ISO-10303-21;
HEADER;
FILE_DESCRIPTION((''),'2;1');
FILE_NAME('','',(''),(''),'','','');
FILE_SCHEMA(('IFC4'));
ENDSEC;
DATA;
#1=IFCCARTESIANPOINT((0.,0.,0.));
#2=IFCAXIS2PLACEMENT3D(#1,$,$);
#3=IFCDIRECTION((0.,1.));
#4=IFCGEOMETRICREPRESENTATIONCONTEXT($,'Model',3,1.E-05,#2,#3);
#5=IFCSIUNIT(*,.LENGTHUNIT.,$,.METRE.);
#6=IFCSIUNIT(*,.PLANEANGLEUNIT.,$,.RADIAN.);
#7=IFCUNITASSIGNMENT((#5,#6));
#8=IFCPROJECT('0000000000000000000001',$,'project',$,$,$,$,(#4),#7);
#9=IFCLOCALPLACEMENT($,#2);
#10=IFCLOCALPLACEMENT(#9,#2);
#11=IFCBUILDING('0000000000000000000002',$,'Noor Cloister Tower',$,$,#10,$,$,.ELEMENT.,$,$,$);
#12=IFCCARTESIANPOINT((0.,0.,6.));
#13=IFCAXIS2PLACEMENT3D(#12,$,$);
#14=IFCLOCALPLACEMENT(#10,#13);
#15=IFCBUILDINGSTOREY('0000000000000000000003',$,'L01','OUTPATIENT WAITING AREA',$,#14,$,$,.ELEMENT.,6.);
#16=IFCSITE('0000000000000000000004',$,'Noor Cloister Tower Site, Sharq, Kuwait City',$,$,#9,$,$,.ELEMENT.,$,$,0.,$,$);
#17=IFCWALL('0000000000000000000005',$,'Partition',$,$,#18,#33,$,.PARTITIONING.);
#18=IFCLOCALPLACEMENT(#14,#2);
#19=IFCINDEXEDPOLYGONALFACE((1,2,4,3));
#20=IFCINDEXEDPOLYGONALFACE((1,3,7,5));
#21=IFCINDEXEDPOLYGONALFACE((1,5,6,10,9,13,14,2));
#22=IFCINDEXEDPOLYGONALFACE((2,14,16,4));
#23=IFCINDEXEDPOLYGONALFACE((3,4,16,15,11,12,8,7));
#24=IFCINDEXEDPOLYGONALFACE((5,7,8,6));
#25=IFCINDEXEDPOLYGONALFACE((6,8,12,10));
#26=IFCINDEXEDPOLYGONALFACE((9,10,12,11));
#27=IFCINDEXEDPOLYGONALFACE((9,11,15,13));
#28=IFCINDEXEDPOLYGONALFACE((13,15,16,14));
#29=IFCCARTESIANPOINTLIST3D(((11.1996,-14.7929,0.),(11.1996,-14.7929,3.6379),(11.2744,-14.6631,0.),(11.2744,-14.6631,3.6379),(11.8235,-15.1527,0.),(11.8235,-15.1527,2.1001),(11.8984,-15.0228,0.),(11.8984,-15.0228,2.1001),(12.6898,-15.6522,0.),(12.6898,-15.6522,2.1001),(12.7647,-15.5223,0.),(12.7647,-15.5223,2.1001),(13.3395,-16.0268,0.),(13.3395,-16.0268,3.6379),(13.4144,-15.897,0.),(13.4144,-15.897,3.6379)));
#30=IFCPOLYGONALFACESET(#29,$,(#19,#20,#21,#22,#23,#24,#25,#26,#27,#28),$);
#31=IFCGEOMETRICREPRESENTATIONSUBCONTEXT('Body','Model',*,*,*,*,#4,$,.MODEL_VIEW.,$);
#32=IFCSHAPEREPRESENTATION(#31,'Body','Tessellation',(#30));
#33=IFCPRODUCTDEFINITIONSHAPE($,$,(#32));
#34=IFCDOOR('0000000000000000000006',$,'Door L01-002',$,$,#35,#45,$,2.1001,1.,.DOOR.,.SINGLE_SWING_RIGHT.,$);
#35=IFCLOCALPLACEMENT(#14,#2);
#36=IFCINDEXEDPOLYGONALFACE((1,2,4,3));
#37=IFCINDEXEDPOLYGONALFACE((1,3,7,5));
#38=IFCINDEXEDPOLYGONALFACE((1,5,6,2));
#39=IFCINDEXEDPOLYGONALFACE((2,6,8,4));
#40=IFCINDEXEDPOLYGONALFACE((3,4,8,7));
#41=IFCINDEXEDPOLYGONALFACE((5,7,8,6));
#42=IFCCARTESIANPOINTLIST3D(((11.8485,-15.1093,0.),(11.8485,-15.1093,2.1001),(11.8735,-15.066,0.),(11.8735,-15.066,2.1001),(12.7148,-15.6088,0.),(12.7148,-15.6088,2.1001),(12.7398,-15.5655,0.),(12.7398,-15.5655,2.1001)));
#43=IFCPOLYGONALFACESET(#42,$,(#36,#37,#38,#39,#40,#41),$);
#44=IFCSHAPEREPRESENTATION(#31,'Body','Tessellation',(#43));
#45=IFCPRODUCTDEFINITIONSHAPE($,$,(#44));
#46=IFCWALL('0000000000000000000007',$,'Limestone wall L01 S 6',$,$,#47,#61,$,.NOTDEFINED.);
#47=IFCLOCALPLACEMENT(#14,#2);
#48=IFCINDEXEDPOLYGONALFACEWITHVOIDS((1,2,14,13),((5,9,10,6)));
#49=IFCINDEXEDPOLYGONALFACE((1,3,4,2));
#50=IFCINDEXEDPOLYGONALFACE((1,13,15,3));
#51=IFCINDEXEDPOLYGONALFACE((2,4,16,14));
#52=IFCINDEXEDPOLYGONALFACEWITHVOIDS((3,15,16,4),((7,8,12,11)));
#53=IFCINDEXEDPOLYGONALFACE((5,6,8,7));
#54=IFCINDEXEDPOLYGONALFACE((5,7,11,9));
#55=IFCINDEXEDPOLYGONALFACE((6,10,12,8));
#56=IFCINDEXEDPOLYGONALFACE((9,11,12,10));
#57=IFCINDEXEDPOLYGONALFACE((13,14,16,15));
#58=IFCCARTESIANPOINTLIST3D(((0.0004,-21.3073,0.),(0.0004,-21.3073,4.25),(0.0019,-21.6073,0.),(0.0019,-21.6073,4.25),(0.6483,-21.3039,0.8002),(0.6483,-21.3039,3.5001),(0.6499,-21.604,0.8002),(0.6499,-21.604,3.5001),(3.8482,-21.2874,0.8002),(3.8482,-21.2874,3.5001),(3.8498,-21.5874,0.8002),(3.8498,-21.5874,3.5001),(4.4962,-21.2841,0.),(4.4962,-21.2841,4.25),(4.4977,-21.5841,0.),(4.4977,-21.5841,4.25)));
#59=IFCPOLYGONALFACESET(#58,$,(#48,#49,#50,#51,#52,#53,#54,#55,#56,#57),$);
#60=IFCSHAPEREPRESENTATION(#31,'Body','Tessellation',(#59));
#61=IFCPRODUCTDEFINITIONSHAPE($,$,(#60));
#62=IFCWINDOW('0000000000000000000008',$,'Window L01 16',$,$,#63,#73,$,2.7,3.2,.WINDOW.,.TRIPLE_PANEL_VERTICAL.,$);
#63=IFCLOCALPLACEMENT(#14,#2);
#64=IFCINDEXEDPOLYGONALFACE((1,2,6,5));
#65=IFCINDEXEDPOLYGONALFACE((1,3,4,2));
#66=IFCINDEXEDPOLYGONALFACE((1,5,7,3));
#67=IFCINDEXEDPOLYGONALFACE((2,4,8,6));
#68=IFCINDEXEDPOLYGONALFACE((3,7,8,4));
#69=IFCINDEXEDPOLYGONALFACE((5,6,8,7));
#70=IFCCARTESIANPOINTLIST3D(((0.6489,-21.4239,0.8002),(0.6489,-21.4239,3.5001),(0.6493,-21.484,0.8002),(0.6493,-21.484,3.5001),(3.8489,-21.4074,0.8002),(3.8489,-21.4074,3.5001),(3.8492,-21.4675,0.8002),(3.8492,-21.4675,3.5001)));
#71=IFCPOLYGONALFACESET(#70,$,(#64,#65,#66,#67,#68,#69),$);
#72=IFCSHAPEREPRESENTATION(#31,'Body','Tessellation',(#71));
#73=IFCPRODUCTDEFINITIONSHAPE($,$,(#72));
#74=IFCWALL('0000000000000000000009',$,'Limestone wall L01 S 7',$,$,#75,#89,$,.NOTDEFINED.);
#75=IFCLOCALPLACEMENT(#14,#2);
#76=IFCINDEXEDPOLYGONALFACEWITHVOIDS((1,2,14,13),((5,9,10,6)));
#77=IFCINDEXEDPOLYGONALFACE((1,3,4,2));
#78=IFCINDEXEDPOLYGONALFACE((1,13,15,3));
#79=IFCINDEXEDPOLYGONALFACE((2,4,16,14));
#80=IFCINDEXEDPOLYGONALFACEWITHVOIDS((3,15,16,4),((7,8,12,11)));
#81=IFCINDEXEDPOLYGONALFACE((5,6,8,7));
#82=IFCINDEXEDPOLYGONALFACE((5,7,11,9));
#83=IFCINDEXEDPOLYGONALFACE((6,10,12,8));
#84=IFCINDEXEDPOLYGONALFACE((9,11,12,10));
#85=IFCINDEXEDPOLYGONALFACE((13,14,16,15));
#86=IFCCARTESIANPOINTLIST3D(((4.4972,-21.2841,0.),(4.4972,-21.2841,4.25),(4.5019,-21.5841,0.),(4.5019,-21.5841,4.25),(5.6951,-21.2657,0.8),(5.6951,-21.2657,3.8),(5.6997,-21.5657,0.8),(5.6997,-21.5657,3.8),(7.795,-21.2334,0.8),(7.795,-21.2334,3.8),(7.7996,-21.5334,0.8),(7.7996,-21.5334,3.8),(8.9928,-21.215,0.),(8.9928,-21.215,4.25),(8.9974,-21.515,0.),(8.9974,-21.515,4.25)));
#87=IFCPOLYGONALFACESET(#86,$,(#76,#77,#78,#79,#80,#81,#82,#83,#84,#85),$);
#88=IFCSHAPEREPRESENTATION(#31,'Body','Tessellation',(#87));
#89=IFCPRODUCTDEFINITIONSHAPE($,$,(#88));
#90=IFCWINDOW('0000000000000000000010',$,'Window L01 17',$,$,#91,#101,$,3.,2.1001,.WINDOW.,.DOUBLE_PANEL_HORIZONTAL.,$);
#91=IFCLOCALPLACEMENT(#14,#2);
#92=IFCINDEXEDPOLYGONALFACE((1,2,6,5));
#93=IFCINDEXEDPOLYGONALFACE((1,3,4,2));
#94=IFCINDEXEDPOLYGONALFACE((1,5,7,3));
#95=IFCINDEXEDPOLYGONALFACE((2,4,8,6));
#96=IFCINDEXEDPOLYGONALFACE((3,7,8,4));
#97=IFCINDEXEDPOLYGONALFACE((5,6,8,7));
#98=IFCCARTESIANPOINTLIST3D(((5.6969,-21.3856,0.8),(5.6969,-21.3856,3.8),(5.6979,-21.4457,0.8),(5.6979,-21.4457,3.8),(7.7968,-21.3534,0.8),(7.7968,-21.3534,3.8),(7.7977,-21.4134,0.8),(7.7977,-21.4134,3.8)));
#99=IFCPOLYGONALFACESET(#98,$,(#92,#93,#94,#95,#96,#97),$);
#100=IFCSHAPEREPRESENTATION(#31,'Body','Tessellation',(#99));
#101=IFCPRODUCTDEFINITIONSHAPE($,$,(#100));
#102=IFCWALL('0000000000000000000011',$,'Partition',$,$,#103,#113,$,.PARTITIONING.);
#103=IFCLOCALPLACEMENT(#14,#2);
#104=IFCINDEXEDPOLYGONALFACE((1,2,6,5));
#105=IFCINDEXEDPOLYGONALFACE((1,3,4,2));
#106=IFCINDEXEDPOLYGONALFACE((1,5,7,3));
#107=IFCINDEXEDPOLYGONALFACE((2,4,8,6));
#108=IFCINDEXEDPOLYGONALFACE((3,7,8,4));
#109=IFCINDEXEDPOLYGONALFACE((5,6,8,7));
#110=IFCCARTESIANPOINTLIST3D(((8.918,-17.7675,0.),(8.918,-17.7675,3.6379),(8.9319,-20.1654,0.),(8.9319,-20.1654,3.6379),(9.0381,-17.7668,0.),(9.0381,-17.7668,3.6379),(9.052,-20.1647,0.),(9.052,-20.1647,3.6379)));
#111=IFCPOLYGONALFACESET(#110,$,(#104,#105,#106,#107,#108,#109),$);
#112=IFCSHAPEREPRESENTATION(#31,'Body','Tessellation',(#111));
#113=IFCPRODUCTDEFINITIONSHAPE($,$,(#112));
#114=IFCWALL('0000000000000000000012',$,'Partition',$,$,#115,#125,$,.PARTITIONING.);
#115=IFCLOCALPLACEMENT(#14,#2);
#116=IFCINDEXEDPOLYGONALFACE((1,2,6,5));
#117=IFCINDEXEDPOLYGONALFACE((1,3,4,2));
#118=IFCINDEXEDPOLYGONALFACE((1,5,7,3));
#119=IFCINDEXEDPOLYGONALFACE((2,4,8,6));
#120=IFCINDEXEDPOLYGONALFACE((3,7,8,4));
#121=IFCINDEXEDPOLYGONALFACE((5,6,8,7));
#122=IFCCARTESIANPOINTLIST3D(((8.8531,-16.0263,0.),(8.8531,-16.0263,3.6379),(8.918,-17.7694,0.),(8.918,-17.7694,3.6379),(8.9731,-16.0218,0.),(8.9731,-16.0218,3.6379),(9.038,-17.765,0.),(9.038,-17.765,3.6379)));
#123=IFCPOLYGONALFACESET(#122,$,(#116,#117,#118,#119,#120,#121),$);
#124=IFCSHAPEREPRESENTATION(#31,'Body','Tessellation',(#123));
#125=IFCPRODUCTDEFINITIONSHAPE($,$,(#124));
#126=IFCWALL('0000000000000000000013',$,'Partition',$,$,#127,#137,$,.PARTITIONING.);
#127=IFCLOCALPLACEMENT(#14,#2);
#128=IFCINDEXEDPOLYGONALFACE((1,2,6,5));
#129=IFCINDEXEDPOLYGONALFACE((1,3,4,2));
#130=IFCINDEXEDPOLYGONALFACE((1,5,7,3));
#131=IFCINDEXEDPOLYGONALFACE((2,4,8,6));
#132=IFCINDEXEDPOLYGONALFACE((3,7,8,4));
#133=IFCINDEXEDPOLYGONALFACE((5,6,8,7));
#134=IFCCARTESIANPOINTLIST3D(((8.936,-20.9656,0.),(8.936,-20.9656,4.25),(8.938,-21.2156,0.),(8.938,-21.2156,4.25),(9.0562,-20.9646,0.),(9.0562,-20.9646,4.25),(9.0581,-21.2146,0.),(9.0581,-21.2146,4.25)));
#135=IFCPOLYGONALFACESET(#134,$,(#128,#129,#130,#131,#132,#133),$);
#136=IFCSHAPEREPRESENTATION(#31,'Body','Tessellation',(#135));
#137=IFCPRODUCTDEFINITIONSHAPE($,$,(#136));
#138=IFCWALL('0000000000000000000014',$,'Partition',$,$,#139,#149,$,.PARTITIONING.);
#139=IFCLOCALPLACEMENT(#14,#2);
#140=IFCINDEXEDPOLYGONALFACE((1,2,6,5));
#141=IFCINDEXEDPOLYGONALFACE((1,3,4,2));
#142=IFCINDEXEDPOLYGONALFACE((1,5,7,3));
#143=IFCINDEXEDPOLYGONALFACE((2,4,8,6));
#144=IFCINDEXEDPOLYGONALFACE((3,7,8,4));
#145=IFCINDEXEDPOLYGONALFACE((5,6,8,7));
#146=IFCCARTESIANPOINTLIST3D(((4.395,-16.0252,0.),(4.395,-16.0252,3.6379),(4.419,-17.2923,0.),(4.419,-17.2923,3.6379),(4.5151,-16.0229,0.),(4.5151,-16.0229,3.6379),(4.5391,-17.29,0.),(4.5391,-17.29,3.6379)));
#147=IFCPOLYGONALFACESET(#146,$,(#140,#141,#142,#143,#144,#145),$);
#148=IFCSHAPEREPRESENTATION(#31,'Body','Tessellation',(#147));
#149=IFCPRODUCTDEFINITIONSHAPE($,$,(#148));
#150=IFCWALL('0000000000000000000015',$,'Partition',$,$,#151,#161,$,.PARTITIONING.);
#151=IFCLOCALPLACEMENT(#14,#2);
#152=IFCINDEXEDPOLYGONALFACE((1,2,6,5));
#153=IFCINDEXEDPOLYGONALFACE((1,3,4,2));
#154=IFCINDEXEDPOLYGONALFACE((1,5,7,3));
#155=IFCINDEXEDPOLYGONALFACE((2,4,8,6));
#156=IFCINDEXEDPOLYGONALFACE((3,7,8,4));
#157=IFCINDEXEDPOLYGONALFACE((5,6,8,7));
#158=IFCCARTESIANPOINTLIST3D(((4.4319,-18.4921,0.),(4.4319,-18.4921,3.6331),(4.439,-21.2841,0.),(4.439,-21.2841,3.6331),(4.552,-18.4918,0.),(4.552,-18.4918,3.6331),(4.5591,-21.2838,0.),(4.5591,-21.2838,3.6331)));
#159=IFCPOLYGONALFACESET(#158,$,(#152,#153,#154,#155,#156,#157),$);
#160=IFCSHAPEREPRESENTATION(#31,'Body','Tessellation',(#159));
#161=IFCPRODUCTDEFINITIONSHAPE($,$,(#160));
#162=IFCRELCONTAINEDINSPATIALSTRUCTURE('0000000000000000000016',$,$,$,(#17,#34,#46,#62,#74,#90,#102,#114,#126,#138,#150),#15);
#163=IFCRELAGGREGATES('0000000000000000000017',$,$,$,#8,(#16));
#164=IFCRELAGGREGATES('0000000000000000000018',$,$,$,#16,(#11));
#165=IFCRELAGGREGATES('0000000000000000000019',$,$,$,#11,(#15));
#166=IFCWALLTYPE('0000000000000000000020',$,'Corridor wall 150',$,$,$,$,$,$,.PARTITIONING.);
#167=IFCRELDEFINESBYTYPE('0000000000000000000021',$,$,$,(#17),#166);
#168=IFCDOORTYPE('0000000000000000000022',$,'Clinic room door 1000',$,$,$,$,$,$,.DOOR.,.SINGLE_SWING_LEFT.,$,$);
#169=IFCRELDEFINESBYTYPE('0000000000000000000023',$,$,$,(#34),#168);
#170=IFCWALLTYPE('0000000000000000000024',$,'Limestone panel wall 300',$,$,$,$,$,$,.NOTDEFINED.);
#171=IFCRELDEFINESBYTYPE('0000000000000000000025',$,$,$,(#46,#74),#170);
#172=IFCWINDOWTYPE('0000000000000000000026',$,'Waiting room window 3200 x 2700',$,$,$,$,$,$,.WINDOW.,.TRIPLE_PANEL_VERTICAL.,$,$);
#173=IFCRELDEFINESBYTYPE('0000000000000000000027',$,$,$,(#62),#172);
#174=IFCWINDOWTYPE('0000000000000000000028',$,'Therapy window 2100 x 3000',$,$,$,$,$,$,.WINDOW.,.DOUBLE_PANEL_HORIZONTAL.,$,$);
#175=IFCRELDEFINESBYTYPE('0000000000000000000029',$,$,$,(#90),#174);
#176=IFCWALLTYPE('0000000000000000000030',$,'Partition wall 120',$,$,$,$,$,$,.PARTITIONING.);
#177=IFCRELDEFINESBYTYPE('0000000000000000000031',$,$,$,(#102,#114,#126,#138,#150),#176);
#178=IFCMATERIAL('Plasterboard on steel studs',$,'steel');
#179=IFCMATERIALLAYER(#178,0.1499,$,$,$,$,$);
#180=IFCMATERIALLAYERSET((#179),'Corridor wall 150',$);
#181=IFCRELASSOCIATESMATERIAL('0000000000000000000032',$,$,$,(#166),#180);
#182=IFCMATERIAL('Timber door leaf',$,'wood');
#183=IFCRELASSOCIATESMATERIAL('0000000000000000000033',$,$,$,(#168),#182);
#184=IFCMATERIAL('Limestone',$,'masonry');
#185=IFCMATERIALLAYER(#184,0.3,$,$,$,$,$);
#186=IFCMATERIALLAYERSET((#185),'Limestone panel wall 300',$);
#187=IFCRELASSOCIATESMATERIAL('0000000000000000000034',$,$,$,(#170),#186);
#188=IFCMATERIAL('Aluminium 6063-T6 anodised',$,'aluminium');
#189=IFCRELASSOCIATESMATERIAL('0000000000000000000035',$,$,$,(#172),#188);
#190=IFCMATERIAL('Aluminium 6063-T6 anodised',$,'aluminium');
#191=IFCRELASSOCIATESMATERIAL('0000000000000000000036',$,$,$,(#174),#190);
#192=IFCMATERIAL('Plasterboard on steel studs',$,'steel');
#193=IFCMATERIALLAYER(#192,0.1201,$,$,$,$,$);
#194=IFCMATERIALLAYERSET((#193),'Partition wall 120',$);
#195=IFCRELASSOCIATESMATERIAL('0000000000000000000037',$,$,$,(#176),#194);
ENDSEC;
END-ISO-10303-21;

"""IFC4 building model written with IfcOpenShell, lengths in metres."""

from ifc_helpers import new_model, si_unit, direction, frame, frame_2d, origin, place, context, subcontext, project, spatial, rectangle, extrude, material, layer, layer_set, type_object, element, fill, save


model = new_model("IFC4")

# Units and contexts
model_context = context("Model", 3, precision=1e-05, world=origin(), true_north=direction((0.0, 1.0)))
body_context = subcontext(model_context, "Body", "Model", "MODEL_VIEW")
ifc_project = project(units=[si_unit("LENGTHUNIT", "METRE"), si_unit("PLANEANGLEUNIT", "RADIAN")], contexts=[model_context])

# Site, building, storey
site_placement = place(None, origin())
site = spatial("IfcSite", under=ifc_project, at=site_placement, Name="Noor Cloister Tower Site, Sharq, Kuwait City", CompositionType="ELEMENT", RefElevation=0.0)
building_placement = place(site_placement, origin())
building = spatial("IfcBuilding", under=site, at=building_placement, Name="Noor Cloister Tower", CompositionType="ELEMENT")
storey_placement = place(building_placement, frame((0.0, 0.0, 6.0)))
storey = spatial("IfcBuildingStorey", under=building, at=storey_placement, Name="L01", Description="OUTPATIENT WAITING AREA", CompositionType="ELEMENT", Elevation=6.0)

# Wall, opening, door
ifc_material_1 = material(Name="Plasterboard on steel studs", Category="steel")
ifc_layer_1 = layer(ifc_material_1, 0.1499)
ifc_layer_set_1 = layer_set([ifc_layer_1], Name="Corridor wall 150")
wall_type_1 = type_object("IfcWallType", Name="Corridor wall 150", PredefinedType="PARTITIONING", material=ifc_layer_set_1)
wall_1_placement = place(storey_placement, frame((13.377, -15.9619, 0.0), z_axis=(0.0, 0.0, 1.0), x_axis=(-0.866302, 0.49952, 0.0)))
wall_1 = element("IfcWall", 1, at=wall_1_placement, inside=storey, type_object=wall_type_1, Name="Partition", PredefinedType="PARTITIONING", context=body_context, shape_type="SweptSolid", body=[
    extrude(rectangle(XDim=2.4702, YDim=0.1499, at=frame_2d((1.2351, 0.0))), origin(), (0.0, 0.0, 1.0), 3.6379),
])
opening_1_placement = place(wall_1_placement, frame((0.75, 0.0, 0.0)))
opening_1 = element("IfcOpeningElement", 2, at=opening_1_placement, cuts=wall_1, PredefinedType="OPENING", context=body_context, shape_type="SweptSolid", body=[
    extrude(rectangle(XDim=1.0, YDim=2.1001, at=frame_2d((0.5, 1.05))), frame((0.0, 0.085, 0.0), z_axis=(0.0, -1.0, 0.0), x_axis=(1.0, 0.0, 0.0)), (0.0, 0.0, 1.0), 0.1699),
])
ifc_material_2 = material(Name="Timber door leaf", Category="wood")
door_type = type_object("IfcDoorType", Name="Clinic room door 1000", OperationType="SINGLE_SWING_LEFT", PredefinedType="DOOR", material=ifc_material_2)
door_1_placement = place(opening_1_placement, origin())
door_1 = element("IfcDoor", 3, at=door_1_placement, inside=storey, type_object=door_type, Name="Door L01-002", OperationType="SINGLE_SWING_RIGHT", OverallHeight=2.1001, OverallWidth=1.0, PredefinedType="DOOR", context=body_context, shape_type="SweptSolid", body=[
    extrude(rectangle(XDim=1.0, YDim=2.1001, at=frame_2d((0.5, 1.05))), frame((0.0, 0.0249, 0.0), z_axis=(0.0, -1.0, 0.0), x_axis=(1.0, 0.0, 0.0)), (0.0, 0.0, 1.0), 0.05),
])
fill(opening_1, door_1)

# Walls, openings, windows
ifc_material_3 = material(Name="Limestone", Category="masonry")
ifc_layer_2 = layer(ifc_material_3, 0.3)
ifc_layer_set_2 = layer_set([ifc_layer_2], Name="Limestone panel wall 300")
wall_type_2 = type_object("IfcWallType", Name="Limestone panel wall 300", PredefinedType="NOTDEFINED", material=ifc_layer_set_2)
wall_2_placement = place(storey_placement, frame((4.4971, -21.4341, 0.0), z_axis=(0.0, 0.0, 1.0), x_axis=(-0.999987, -0.005159, 0.0)))
wall_2 = element("IfcWall", 4, at=wall_2_placement, inside=storey, type_object=wall_type_2, Name="Limestone wall L01 S 6", PredefinedType="NOTDEFINED", context=body_context, shape_type="SweptSolid", body=[
    extrude(rectangle(XDim=4.4958, YDim=0.3, at=frame_2d((2.248, 0.0))), origin(), (0.0, 0.0, 1.0), 4.25),
])
opening_2_placement = place(wall_2_placement, frame((0.6479, 0.0, 0.8)))
opening_2 = element("IfcOpeningElement", 5, at=opening_2_placement, cuts=wall_2, PredefinedType="OPENING", context=body_context, shape_type="SweptSolid", body=[
    extrude(rectangle(XDim=3.2, YDim=2.7, at=frame_2d((1.6001, 1.3501))), frame((0.0, 0.1602, 0.0), z_axis=(0.0, -1.0, 0.0), x_axis=(1.0, 0.0, 0.0)), (0.0, 0.0, 1.0), 0.3201),
])
ifc_material_4 = material(Name="Aluminium 6063-T6 anodised", Category="aluminium")
window_type_1 = type_object("IfcWindowType", Name="Waiting room window 3200 x 2700", PartitioningType="TRIPLE_PANEL_VERTICAL", PredefinedType="WINDOW", material=ifc_material_4)
window_1_placement = place(opening_2_placement, origin())
window_1 = element("IfcWindow", 6, at=window_1_placement, inside=storey, type_object=window_type_1, Name="Window L01 16", OverallHeight=2.7, OverallWidth=3.2, PartitioningType="TRIPLE_PANEL_VERTICAL", PredefinedType="WINDOW", context=body_context, shape_type="SweptSolid", body=[
    extrude(rectangle(XDim=3.2, YDim=2.7, at=frame_2d((1.6001, 1.3501))), frame((0.0, 0.03, 0.0), z_axis=(0.0, -1.0, 0.0), x_axis=(1.0, 0.0, 0.0)), (0.0, 0.0, 1.0), 0.0601),
])
fill(opening_2, window_1)
wall_3_placement = place(storey_placement, frame((8.9951, -21.365, 0.0), z_axis=(0.0, 0.0, 1.0), x_axis=(-0.999882, -0.015367, 0.0)))
wall_3 = element("IfcWall", 7, at=wall_3_placement, inside=storey, type_object=wall_type_2, Name="Limestone wall L01 S 7", PredefinedType="NOTDEFINED", context=body_context, shape_type="SweptSolid", body=[
    extrude(rectangle(XDim=4.4961, YDim=0.3, at=frame_2d((2.248, 0.0))), origin(), (0.0, 0.0, 1.0), 4.25),
])
opening_3_placement = place(wall_3_placement, frame((1.198, 0.0, 0.8)))
opening_3 = element("IfcOpeningElement", 8, at=opening_3_placement, cuts=wall_3, PredefinedType="OPENING", context=body_context, shape_type="SweptSolid", body=[
    extrude(rectangle(XDim=2.1001, YDim=3.0, at=frame_2d((1.05, 1.5))), frame((0.0, 0.1602, 0.0), z_axis=(0.0, -1.0, 0.0), x_axis=(1.0, 0.0, 0.0)), (0.0, 0.0, 1.0), 0.3201),
])
ifc_material_5 = material(Name="Aluminium 6063-T6 anodised", Category="aluminium")
window_type_2 = type_object("IfcWindowType", Name="Therapy window 2100 x 3000", PartitioningType="DOUBLE_PANEL_HORIZONTAL", PredefinedType="WINDOW", material=ifc_material_5)
window_2_placement = place(opening_3_placement, origin())
window_2 = element("IfcWindow", 9, at=window_2_placement, inside=storey, type_object=window_type_2, Name="Window L01 17", OverallHeight=3.0, OverallWidth=2.1001, PartitioningType="DOUBLE_PANEL_HORIZONTAL", PredefinedType="WINDOW", context=body_context, shape_type="SweptSolid", body=[
    extrude(rectangle(XDim=2.1001, YDim=3.0, at=frame_2d((1.05, 1.5))), frame((0.0, 0.03, 0.0), z_axis=(0.0, -1.0, 0.0), x_axis=(1.0, 0.0, 0.0)), (0.0, 0.0, 1.0), 0.0601),
])
fill(opening_3, window_2)

# Walls
ifc_material_6 = material(Name="Plasterboard on steel studs", Category="steel")
ifc_layer_3 = layer(ifc_material_6, 0.1201)
ifc_layer_set_3 = layer_set([ifc_layer_3], Name="Partition wall 120")
wall_type_3 = type_object("IfcWallType", Name="Partition wall 120", PredefinedType="PARTITIONING", material=ifc_layer_set_3)
wall_4_placement = place(storey_placement, frame((8.9919, -20.165, 0.0), z_axis=(0.0, 0.0, 1.0), x_axis=(-0.005803, 0.999983, 0.0)))
element("IfcWall", 10, at=wall_4_placement, inside=storey, type_object=wall_type_3, Name="Partition", PredefinedType="PARTITIONING", context=body_context, shape_type="SweptSolid", body=[
    extrude(rectangle(XDim=2.3979, YDim=0.1201, at=frame_2d((1.199, 0.0))), origin(), (0.0, 0.0, 1.0), 3.6379),
])
wall_5_placement = place(storey_placement, frame((8.978, -17.7671, 0.0), z_axis=(0.0, 0.0, 1.0), x_axis=(-0.037229, 0.999307, 0.0)))
element("IfcWall", 11, at=wall_5_placement, inside=storey, type_object=wall_type_3, Name="Partition", PredefinedType="PARTITIONING", context=body_context, shape_type="SweptSolid", body=[
    extrude(rectangle(XDim=1.7444, YDim=0.1201, at=frame_2d((0.8721, 0.0))), origin(), (0.0, 0.0, 1.0), 3.6379),
])
wall_6_placement = place(storey_placement, frame((8.998, -21.2151, 0.0), z_axis=(0.0, 0.0, 1.0), x_axis=(-0.007812, 0.999969, 0.0)))
element("IfcWall", 12, at=wall_6_placement, inside=storey, type_object=wall_type_3, Name="Partition", PredefinedType="PARTITIONING", context=body_context, shape_type="SweptSolid", body=[
    extrude(rectangle(XDim=0.25, YDim=0.1201, at=frame_2d((0.125, 0.0))), origin(), (0.0, 0.0, 1.0), 4.25),
])
wall_7_placement = place(storey_placement, frame((4.4551, -16.0239, 0.0), z_axis=(0.0, 0.0, 1.0), x_axis=(0.018879, -0.999822, 0.0)))
element("IfcWall", 13, at=wall_7_placement, inside=storey, type_object=wall_type_3, Name="Partition", PredefinedType="PARTITIONING", context=body_context, shape_type="SweptSolid", body=[
    extrude(rectangle(XDim=1.2673, YDim=0.1201, at=frame_2d((0.6338, 0.0))), origin(), (0.0, 0.0, 1.0), 3.6379),
])
wall_8_placement = place(storey_placement, frame((4.4919, -18.4919, 0.0), z_axis=(0.0, 0.0, 1.0), x_axis=(0.002536, -0.999997, 0.0)))
element("IfcWall", 14, at=wall_8_placement, inside=storey, type_object=wall_type_3, Name="Partition", PredefinedType="PARTITIONING", context=body_context, shape_type="SweptSolid", body=[
    extrude(rectangle(XDim=2.792, YDim=0.1201, at=frame_2d((1.396, 0.0))), origin(), (0.0, 0.0, 1.0), 3.6331),
])

save(model, "model.ifc")
